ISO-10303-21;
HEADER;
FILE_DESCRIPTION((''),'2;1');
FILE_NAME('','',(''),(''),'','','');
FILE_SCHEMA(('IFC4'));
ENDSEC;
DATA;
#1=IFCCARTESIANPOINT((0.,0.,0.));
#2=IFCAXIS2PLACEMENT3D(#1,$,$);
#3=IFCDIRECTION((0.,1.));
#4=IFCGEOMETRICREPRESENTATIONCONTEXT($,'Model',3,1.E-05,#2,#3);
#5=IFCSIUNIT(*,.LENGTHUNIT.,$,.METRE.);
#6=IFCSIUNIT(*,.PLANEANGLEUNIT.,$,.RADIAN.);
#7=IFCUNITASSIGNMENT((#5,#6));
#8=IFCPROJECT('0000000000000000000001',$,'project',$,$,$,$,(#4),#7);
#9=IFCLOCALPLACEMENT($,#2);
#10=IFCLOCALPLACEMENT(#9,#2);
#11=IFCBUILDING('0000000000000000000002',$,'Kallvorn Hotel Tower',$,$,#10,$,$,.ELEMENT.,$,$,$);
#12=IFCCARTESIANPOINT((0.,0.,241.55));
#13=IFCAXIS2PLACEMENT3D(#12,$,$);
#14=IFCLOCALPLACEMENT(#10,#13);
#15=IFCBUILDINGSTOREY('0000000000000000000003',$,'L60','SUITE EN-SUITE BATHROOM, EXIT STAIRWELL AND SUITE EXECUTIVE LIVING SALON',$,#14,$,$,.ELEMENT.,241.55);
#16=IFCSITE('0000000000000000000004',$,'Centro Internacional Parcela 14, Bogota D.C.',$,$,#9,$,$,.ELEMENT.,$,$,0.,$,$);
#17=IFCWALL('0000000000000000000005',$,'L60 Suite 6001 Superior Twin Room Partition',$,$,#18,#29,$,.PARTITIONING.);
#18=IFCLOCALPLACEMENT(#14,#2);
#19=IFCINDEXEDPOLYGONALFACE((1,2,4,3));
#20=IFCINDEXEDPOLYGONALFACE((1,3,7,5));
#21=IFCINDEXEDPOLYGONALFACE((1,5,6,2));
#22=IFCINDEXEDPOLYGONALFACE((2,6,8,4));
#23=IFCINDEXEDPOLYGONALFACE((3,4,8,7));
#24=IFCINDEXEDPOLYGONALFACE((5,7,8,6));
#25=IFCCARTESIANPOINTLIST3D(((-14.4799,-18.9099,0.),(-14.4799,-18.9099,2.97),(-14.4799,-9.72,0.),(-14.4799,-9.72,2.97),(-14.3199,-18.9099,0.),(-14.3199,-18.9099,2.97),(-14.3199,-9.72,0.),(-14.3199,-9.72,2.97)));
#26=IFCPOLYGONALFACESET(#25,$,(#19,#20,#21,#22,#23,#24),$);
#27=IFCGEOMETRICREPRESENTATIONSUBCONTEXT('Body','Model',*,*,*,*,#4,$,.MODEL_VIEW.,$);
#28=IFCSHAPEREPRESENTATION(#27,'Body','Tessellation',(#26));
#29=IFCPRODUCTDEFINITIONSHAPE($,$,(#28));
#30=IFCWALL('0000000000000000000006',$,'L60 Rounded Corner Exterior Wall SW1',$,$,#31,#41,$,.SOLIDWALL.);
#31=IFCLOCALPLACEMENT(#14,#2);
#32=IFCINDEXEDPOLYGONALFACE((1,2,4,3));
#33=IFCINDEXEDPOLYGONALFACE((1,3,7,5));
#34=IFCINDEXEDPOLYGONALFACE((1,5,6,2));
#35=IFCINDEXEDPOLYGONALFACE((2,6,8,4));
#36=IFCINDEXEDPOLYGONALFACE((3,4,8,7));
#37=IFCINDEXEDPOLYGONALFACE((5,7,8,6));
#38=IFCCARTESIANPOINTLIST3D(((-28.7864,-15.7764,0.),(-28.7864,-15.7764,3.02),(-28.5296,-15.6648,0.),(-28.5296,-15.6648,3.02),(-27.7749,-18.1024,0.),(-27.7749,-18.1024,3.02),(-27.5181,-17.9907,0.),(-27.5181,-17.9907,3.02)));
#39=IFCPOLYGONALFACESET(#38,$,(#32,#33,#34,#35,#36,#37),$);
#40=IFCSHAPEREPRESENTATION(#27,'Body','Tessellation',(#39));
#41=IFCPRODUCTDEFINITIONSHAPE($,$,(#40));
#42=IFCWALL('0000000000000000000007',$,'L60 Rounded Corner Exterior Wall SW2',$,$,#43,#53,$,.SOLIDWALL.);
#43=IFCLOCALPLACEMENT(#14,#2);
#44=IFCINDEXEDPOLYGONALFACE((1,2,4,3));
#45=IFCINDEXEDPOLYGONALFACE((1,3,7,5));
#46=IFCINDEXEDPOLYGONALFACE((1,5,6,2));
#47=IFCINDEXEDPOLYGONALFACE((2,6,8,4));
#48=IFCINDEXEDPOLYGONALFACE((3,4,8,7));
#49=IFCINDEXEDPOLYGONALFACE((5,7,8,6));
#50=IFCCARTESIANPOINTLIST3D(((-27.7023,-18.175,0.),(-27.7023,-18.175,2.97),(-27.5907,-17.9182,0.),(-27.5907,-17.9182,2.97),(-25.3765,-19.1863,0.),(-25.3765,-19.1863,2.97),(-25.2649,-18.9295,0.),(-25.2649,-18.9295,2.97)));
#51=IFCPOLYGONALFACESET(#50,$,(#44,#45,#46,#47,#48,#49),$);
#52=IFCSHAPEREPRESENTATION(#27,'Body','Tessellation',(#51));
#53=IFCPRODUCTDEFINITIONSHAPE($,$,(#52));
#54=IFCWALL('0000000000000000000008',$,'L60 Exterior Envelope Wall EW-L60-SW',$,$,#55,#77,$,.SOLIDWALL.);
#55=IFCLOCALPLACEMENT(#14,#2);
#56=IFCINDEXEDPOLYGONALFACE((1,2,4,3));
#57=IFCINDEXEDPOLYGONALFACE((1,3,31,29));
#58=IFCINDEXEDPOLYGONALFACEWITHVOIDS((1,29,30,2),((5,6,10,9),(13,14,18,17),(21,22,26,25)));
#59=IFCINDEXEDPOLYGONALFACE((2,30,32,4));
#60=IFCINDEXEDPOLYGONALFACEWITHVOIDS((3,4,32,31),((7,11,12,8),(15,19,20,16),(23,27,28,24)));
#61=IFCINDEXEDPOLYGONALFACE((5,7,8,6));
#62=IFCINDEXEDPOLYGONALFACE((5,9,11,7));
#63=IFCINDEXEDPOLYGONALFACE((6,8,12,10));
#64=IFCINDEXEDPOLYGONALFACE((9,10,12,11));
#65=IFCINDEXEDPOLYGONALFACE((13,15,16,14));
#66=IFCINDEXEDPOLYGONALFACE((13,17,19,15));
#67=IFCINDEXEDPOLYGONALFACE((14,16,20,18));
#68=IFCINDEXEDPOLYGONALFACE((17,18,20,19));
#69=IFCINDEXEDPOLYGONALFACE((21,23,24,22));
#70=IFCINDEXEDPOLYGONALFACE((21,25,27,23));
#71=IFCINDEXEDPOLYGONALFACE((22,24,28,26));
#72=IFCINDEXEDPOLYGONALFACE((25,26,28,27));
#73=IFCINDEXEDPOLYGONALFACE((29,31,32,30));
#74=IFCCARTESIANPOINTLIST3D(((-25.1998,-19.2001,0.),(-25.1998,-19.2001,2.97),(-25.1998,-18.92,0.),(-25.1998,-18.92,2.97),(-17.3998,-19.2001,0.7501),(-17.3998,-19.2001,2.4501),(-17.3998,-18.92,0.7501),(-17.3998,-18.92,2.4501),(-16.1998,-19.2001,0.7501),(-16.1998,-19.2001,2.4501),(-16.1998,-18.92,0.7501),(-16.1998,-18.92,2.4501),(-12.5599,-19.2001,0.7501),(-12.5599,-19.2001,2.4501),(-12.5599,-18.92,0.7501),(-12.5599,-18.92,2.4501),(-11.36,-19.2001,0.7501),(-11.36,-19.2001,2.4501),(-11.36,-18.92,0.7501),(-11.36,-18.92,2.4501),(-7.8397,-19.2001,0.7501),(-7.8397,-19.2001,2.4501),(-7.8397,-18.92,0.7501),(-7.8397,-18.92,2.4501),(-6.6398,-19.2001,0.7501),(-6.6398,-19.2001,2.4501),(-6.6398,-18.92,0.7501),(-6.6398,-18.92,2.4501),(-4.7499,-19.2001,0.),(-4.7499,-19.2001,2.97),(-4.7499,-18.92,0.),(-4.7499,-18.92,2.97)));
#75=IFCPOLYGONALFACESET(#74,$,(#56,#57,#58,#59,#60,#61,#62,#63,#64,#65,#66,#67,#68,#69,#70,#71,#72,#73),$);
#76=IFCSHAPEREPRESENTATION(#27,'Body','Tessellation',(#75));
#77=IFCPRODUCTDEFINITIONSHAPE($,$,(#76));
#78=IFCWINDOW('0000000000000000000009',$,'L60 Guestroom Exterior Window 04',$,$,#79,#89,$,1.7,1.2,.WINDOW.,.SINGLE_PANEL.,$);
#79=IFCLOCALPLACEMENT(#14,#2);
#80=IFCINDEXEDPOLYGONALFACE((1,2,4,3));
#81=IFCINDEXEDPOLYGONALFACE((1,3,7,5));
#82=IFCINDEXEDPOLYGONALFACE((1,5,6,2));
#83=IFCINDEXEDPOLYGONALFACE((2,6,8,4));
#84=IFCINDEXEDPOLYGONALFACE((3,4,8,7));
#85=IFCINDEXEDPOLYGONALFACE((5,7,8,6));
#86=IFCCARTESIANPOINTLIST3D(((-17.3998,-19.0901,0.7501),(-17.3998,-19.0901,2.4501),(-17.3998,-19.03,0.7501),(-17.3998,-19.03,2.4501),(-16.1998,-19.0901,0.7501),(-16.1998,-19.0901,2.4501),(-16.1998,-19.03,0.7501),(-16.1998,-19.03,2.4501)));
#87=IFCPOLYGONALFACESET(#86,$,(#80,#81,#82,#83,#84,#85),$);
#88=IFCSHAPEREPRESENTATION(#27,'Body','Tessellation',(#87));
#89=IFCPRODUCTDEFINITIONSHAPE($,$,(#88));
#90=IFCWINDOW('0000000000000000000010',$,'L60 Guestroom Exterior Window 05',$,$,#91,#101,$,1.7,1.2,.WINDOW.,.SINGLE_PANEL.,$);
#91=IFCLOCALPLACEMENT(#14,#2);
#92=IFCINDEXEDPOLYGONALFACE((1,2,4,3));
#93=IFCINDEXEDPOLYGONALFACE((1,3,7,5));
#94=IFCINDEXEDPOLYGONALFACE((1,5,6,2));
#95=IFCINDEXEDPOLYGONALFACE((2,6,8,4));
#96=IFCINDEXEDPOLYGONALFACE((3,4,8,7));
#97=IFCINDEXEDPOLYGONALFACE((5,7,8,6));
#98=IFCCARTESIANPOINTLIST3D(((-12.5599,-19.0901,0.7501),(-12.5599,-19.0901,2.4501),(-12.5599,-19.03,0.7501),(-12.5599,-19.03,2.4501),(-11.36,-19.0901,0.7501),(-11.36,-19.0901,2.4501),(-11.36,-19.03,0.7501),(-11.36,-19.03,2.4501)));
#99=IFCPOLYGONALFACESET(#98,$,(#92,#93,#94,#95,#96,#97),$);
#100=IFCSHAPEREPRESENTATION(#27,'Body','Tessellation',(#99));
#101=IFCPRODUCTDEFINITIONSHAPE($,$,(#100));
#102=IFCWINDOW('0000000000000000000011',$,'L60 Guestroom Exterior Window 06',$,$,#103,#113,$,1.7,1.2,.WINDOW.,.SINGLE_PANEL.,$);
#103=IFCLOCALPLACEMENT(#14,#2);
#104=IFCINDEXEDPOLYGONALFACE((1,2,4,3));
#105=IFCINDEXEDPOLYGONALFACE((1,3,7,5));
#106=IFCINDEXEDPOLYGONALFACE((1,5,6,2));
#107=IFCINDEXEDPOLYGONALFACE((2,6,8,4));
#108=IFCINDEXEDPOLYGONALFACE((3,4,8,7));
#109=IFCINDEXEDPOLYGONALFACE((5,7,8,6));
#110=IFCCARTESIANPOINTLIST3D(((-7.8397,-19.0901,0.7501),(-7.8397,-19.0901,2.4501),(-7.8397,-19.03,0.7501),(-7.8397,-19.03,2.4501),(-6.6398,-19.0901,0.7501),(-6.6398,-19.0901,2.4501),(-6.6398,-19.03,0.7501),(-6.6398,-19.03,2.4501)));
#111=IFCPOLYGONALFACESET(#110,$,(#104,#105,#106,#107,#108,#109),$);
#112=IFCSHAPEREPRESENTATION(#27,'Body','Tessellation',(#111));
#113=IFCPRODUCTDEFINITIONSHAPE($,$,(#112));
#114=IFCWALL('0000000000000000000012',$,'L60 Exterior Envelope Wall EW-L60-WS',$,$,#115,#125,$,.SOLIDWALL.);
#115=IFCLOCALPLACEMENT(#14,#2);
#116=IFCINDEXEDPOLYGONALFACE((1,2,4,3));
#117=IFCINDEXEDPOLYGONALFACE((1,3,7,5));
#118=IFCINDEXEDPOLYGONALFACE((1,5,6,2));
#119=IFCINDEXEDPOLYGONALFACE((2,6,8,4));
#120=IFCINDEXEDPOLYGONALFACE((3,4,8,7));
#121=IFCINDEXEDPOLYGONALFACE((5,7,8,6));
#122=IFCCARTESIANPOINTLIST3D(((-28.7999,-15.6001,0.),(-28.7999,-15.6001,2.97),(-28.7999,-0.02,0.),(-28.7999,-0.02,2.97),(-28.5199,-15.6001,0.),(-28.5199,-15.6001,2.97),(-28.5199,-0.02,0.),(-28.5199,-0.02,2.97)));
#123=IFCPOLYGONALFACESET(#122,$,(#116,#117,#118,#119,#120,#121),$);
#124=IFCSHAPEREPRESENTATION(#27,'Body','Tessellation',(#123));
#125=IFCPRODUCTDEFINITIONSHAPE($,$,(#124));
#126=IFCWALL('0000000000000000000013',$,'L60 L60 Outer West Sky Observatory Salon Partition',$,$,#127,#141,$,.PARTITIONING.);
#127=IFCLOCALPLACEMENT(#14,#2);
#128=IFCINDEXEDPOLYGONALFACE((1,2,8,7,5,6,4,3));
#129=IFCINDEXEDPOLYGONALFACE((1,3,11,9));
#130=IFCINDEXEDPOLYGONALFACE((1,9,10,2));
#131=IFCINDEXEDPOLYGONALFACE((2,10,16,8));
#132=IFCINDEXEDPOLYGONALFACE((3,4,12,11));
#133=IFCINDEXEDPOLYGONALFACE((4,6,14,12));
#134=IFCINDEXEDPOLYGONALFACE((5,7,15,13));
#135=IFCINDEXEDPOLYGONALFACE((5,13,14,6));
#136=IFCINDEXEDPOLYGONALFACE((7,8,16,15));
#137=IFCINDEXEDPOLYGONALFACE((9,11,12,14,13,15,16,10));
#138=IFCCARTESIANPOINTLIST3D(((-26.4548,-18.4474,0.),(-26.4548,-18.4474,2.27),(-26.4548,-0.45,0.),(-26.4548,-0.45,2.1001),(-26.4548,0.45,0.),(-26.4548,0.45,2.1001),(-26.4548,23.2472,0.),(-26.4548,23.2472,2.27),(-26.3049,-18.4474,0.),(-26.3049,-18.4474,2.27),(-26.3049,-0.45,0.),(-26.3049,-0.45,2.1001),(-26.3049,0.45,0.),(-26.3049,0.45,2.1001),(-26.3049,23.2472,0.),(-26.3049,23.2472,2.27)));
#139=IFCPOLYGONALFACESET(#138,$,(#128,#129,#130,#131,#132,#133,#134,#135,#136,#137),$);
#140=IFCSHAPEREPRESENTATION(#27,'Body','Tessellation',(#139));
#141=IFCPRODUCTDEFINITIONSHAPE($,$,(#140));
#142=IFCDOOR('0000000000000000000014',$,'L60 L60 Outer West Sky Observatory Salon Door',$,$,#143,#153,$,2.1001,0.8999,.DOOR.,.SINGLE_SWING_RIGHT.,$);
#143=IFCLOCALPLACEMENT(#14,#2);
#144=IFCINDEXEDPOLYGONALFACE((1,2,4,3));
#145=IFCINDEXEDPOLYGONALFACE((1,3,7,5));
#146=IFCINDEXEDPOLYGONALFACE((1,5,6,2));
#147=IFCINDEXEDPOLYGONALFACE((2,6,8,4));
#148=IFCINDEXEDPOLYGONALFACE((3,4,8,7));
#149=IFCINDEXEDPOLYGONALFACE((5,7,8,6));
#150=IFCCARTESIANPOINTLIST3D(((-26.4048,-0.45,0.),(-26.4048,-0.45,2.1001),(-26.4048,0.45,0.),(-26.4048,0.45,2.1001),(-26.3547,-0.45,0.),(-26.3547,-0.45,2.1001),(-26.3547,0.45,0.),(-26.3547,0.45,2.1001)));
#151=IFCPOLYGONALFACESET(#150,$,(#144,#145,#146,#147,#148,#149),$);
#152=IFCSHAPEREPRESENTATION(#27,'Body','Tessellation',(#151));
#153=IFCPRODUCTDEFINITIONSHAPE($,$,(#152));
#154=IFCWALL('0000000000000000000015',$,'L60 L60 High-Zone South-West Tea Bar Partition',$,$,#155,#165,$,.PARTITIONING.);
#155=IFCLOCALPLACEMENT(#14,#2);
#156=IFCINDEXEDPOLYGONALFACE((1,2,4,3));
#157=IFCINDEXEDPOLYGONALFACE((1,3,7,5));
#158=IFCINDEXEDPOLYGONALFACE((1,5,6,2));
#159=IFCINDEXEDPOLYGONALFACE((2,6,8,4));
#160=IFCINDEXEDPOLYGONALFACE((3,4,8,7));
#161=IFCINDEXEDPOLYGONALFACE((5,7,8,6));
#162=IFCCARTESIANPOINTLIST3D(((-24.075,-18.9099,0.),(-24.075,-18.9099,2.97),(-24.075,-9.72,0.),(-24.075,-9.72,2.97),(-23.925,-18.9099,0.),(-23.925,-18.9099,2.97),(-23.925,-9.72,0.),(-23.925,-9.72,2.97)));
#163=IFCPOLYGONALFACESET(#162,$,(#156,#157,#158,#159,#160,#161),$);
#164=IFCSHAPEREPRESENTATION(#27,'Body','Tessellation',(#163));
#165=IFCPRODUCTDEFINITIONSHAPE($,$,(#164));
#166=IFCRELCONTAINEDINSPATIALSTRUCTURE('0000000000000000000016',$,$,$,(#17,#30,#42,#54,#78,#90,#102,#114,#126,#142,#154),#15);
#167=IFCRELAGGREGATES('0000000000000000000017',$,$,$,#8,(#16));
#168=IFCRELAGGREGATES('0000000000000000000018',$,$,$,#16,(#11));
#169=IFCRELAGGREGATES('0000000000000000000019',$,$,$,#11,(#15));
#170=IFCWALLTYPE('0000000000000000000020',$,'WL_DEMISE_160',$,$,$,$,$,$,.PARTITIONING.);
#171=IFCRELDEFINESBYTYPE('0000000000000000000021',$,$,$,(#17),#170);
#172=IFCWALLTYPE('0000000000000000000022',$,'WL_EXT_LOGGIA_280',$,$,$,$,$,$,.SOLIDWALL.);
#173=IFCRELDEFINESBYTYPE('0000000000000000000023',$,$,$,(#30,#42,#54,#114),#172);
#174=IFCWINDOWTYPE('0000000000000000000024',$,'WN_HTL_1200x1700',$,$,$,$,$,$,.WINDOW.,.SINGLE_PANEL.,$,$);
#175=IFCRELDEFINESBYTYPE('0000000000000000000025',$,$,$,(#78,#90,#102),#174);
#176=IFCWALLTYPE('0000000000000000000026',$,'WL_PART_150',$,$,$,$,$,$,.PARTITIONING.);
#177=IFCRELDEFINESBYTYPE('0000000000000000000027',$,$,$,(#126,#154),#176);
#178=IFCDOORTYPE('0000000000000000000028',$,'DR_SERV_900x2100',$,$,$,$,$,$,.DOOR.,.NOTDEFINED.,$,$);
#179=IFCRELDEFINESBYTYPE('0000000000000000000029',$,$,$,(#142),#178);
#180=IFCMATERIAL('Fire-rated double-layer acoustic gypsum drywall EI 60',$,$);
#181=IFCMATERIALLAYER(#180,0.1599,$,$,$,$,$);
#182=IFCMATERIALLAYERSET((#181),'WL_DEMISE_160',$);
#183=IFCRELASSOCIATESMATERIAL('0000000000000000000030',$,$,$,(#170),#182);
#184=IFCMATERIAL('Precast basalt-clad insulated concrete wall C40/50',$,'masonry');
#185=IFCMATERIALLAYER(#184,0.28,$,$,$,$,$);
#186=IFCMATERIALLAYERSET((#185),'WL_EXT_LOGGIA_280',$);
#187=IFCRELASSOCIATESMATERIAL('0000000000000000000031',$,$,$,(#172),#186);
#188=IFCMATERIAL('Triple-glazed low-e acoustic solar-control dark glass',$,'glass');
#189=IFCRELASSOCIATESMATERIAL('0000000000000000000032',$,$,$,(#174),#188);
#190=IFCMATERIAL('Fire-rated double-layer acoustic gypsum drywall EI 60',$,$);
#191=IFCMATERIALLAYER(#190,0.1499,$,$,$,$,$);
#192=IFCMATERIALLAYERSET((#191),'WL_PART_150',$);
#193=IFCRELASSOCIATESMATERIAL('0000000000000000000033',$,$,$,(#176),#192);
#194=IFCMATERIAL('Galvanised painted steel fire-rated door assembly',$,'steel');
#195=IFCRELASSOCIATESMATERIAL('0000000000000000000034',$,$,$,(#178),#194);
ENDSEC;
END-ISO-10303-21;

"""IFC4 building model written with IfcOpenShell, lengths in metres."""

from ifc_helpers import new_model, si_unit, direction, frame, frame_2d, origin, place, context, subcontext, project, spatial, rectangle, extrude, material, layer, layer_set, type_object, element, fill, save


model = new_model("IFC4")

# Units and contexts
model_context = context("Model", 3, precision=1e-05, world=origin(), true_north=direction((0.0, 1.0)))
body_context = subcontext(model_context, "Body", "Model", "MODEL_VIEW")
ifc_project = project(units=[si_unit("LENGTHUNIT", "METRE"), si_unit("PLANEANGLEUNIT", "RADIAN")], contexts=[model_context])

# Site, building, storey
site_placement = place(None, origin())
site = spatial("IfcSite", under=ifc_project, at=site_placement, Name="Centro Internacional Parcela 14, Bogota D.C.", CompositionType="ELEMENT", RefElevation=0.0)
building_placement = place(site_placement, origin())
building = spatial("IfcBuilding", under=site, at=building_placement, Name="Kallvorn Hotel Tower", CompositionType="ELEMENT")
storey_placement = place(building_placement, frame((0.0, 0.0, 241.55)))
storey = spatial("IfcBuildingStorey", under=building, at=storey_placement, Name="L60", Description="SUITE EN-SUITE BATHROOM, EXIT STAIRWELL AND SUITE EXECUTIVE LIVING SALON", CompositionType="ELEMENT", Elevation=241.55)

# Walls
ifc_material_1 = material(Name="Fire-rated double-layer acoustic gypsum drywall EI 60")
ifc_layer_1 = layer(ifc_material_1, 0.1599)
ifc_layer_set_1 = layer_set([ifc_layer_1], Name="WL_DEMISE_160")
wall_type_1 = type_object("IfcWallType", Name="WL_DEMISE_160", PredefinedType="PARTITIONING", material=ifc_layer_set_1)
for number, where, z_axis, x_axis, name in (
    (1, (-14.3999, -18.9099, 0.0), (0.0, 0.0, 1.0), (0.0, 1.0, 0.0), "L60 Suite 6001 Superior Twin Room Partition"),
):
    element("IfcWall", number, at=place(storey_placement, frame(where, z_axis=z_axis, x_axis=x_axis)), inside=storey, type_object=wall_type_1, Name=name, PredefinedType="PARTITIONING", context=body_context, shape_type="SweptSolid", body=[
        extrude(rectangle(XDim=9.1899, YDim=0.1599, at=frame_2d((4.595, 0.0))), origin(), (0.0, 0.0, 1.0), 2.97),
    ])
ifc_material_2 = material(Name="Precast basalt-clad insulated concrete wall C40/50", Category="masonry")
ifc_layer_2 = layer(ifc_material_2, 0.28)
ifc_layer_set_2 = layer_set([ifc_layer_2], Name="WL_EXT_LOGGIA_280")
wall_type_2 = type_object("IfcWallType", Name="WL_EXT_LOGGIA_280", PredefinedType="SOLIDWALL", material=ifc_layer_set_2)
wall_1_placement = place(storey_placement, frame((-28.658, -15.7207, 0.0), z_axis=(0.0, 0.0, 1.0), x_axis=(0.398793, -0.917041, 0.0)))
element("IfcWall", 2, at=wall_1_placement, inside=storey, type_object=wall_type_2, Name="L60 Rounded Corner Exterior Wall SW1", PredefinedType="SOLIDWALL", context=body_context, shape_type="SweptSolid", body=[
    extrude(rectangle(XDim=2.5364, YDim=0.28, at=frame_2d((1.2681, 0.0))), origin(), (0.0, 0.0, 1.0), 3.02),
])
wall_2_placement = place(storey_placement, frame((-27.6465, -18.0466, 0.0), z_axis=(0.0, 0.0, 1.0), x_axis=(0.917061, -0.398747, 0.0)))
element("IfcWall", 3, at=wall_2_placement, inside=storey, type_object=wall_type_2, Name="L60 Rounded Corner Exterior Wall SW2", PredefinedType="SOLIDWALL", context=body_context, shape_type="SweptSolid", body=[
    extrude(rectangle(XDim=2.5361, YDim=0.28, at=frame_2d((1.2681, 0.0))), origin(), (0.0, 0.0, 1.0), 2.97),
])

# Wall, openings, windows
wall_3_placement = place(storey_placement, frame((-25.2, -19.0601, 0.0), z_axis=(0.0, 0.0, 1.0), x_axis=(1.0, 0.0, 0.0)))
wall_3 = element("IfcWall", 4, at=wall_3_placement, inside=storey, type_object=wall_type_2, Name="L60 Exterior Envelope Wall EW-L60-SW", PredefinedType="SOLIDWALL", context=body_context, shape_type="SweptSolid", body=[
    extrude(rectangle(XDim=20.45, YDim=0.28, at=frame_2d((10.2251, 0.0))), origin(), (0.0, 0.0, 1.0), 2.97),
])
opening_1_placement = place(wall_3_placement, frame((7.8, 0.0, 0.75)))
opening_1 = element("IfcOpeningElement", 5, at=opening_1_placement, cuts=wall_3, PredefinedType="OPENING", context=body_context, shape_type="SweptSolid", body=[
    extrude(rectangle(XDim=1.2, YDim=1.7, at=frame_2d((0.6001, 0.8501))), frame((0.0, 0.155, 0.0), z_axis=(0.0, -1.0, 0.0), x_axis=(1.0, 0.0, 0.0)), (0.0, 0.0, 1.0), 0.3101),
])
opening_2_placement = place(wall_3_placement, frame((12.6399, 0.0, 0.75)))
opening_2 = element("IfcOpeningElement", 6, at=opening_2_placement, cuts=wall_3, PredefinedType="OPENING", context=body_context, shape_type="SweptSolid", body=[
    extrude(rectangle(XDim=1.2, YDim=1.7, at=frame_2d((0.6001, 0.8501))), frame((0.0, 0.155, 0.0), z_axis=(0.0, -1.0, 0.0), x_axis=(1.0, 0.0, 0.0)), (0.0, 0.0, 1.0), 0.3101),
])
opening_3_placement = place(wall_3_placement, frame((17.3601, 0.0, 0.75)))
opening_3 = element("IfcOpeningElement", 7, at=opening_3_placement, cuts=wall_3, PredefinedType="OPENING", context=body_context, shape_type="SweptSolid", body=[
    extrude(rectangle(XDim=1.2, YDim=1.7, at=frame_2d((0.6001, 0.8501))), frame((0.0, 0.155, 0.0), z_axis=(0.0, -1.0, 0.0), x_axis=(1.0, 0.0, 0.0)), (0.0, 0.0, 1.0), 0.3101),
])
ifc_material_3 = material(Name="Triple-glazed low-e acoustic solar-control dark glass", Category="glass")
window_type = type_object("IfcWindowType", Name="WN_HTL_1200x1700", PartitioningType="SINGLE_PANEL", PredefinedType="WINDOW", material=ifc_material_3)
window_1_placement = place(opening_1_placement, origin())
window_1 = element("IfcWindow", 8, at=window_1_placement, inside=storey, type_object=window_type, Name="L60 Guestroom Exterior Window 04", OverallHeight=1.7, OverallWidth=1.2, PartitioningType="SINGLE_PANEL", PredefinedType="WINDOW", context=body_context, shape_type="SweptSolid", body=[
    extrude(rectangle(XDim=1.2, YDim=1.7, at=frame_2d((0.6001, 0.8501))), frame((0.0, 0.03, 0.0), z_axis=(0.0, -1.0, 0.0), x_axis=(1.0, 0.0, 0.0)), (0.0, 0.0, 1.0), 0.0601),
])
fill(opening_1, window_1)
window_2_placement = place(opening_2_placement, origin())
window_2 = element("IfcWindow", 9, at=window_2_placement, inside=storey, type_object=window_type, Name="L60 Guestroom Exterior Window 05", OverallHeight=1.7, OverallWidth=1.2, PartitioningType="SINGLE_PANEL", PredefinedType="WINDOW", context=body_context, shape_type="SweptSolid", body=[
    extrude(rectangle(XDim=1.2, YDim=1.7, at=frame_2d((0.6001, 0.8501))), frame((0.0, 0.03, 0.0), z_axis=(0.0, -1.0, 0.0), x_axis=(1.0, 0.0, 0.0)), (0.0, 0.0, 1.0), 0.0601),
])
fill(opening_2, window_2)
window_3_placement = place(opening_3_placement, origin())
window_3 = element("IfcWindow", 10, at=window_3_placement, inside=storey, type_object=window_type, Name="L60 Guestroom Exterior Window 06", OverallHeight=1.7, OverallWidth=1.2, PartitioningType="SINGLE_PANEL", PredefinedType="WINDOW", context=body_context, shape_type="SweptSolid", body=[
    extrude(rectangle(XDim=1.2, YDim=1.7, at=frame_2d((0.6001, 0.8501))), frame((0.0, 0.03, 0.0), z_axis=(0.0, -1.0, 0.0), x_axis=(1.0, 0.0, 0.0)), (0.0, 0.0, 1.0), 0.0601),
])
fill(opening_3, window_3)

# Wall
wall_4_placement = place(storey_placement, frame((-28.6599, -15.6001, 0.0), z_axis=(0.0, 0.0, 1.0), x_axis=(0.0, 1.0, 0.0)))
element("IfcWall", 11, at=wall_4_placement, inside=storey, type_object=wall_type_2, Name="L60 Exterior Envelope Wall EW-L60-WS", PredefinedType="SOLIDWALL", context=body_context, shape_type="SweptSolid", body=[
    extrude(rectangle(XDim=15.5801, YDim=0.28, at=frame_2d((7.79, 0.0))), origin(), (0.0, 0.0, 1.0), 2.97),
])

# Wall, opening, door
ifc_material_4 = material(Name="Fire-rated double-layer acoustic gypsum drywall EI 60")
ifc_layer_3 = layer(ifc_material_4, 0.1499)
ifc_layer_set_3 = layer_set([ifc_layer_3], Name="WL_PART_150")
wall_type_3 = type_object("IfcWallType", Name="WL_PART_150", PredefinedType="PARTITIONING", material=ifc_layer_set_3)
wall_5_placement = place(storey_placement, frame((-26.3799, -18.4473, 0.0), z_axis=(0.0, 0.0, 1.0), x_axis=(0.0, 1.0, 0.0)))
wall_5 = element("IfcWall", 12, at=wall_5_placement, inside=storey, type_object=wall_type_3, Name="L60 L60 Outer West Sky Observatory Salon Partition", PredefinedType="PARTITIONING", context=body_context, shape_type="SweptSolid", body=[
    extrude(rectangle(XDim=41.6946, YDim=0.1499, at=frame_2d((20.8472, 0.0))), origin(), (0.0, 0.0, 1.0), 2.27),
])
opening_4_placement = place(wall_5_placement, frame((17.9973, 0.0, 0.0)))
opening_4 = element("IfcOpeningElement", 13, at=opening_4_placement, cuts=wall_5, PredefinedType="OPENING", context=body_context, shape_type="SweptSolid", body=[
    extrude(rectangle(XDim=0.8999, YDim=2.1001, at=frame_2d((0.45, 1.05))), frame((0.0, 0.0898, 0.0), z_axis=(0.0, -1.0, 0.0), x_axis=(1.0, 0.0, 0.0)), (0.0, 0.0, 1.0), 0.1799),
])
ifc_material_5 = material(Name="Galvanised painted steel fire-rated door assembly", Category="steel")
door_type = type_object("IfcDoorType", Name="DR_SERV_900x2100", OperationType="NOTDEFINED", PredefinedType="DOOR", material=ifc_material_5)
door_placement = place(opening_4_placement, origin())
door = element("IfcDoor", 14, at=door_placement, inside=storey, type_object=door_type, Name="L60 L60 Outer West Sky Observatory Salon Door", OperationType="SINGLE_SWING_RIGHT", OverallHeight=2.1001, OverallWidth=0.8999, PredefinedType="DOOR", context=body_context, shape_type="SweptSolid", body=[
    extrude(rectangle(XDim=0.8999, YDim=2.1001, at=frame_2d((0.45, 1.05))), frame((0.0, 0.0249, 0.0), z_axis=(0.0, -1.0, 0.0), x_axis=(1.0, 0.0, 0.0)), (0.0, 0.0, 1.0), 0.05),
])
fill(opening_4, door)

# Wall
wall_6_placement = place(storey_placement, frame((-24.0, -18.9099, 0.0), z_axis=(0.0, 0.0, 1.0), x_axis=(0.0, 1.0, 0.0)))
element("IfcWall", 15, at=wall_6_placement, inside=storey, type_object=wall_type_3, Name="L60 L60 High-Zone South-West Tea Bar Partition", PredefinedType="PARTITIONING", context=body_context, shape_type="SweptSolid", body=[
    extrude(rectangle(XDim=9.1899, YDim=0.1499, at=frame_2d((4.595, 0.0))), origin(), (0.0, 0.0, 1.0), 2.97),
])

save(model, "model.ifc")
